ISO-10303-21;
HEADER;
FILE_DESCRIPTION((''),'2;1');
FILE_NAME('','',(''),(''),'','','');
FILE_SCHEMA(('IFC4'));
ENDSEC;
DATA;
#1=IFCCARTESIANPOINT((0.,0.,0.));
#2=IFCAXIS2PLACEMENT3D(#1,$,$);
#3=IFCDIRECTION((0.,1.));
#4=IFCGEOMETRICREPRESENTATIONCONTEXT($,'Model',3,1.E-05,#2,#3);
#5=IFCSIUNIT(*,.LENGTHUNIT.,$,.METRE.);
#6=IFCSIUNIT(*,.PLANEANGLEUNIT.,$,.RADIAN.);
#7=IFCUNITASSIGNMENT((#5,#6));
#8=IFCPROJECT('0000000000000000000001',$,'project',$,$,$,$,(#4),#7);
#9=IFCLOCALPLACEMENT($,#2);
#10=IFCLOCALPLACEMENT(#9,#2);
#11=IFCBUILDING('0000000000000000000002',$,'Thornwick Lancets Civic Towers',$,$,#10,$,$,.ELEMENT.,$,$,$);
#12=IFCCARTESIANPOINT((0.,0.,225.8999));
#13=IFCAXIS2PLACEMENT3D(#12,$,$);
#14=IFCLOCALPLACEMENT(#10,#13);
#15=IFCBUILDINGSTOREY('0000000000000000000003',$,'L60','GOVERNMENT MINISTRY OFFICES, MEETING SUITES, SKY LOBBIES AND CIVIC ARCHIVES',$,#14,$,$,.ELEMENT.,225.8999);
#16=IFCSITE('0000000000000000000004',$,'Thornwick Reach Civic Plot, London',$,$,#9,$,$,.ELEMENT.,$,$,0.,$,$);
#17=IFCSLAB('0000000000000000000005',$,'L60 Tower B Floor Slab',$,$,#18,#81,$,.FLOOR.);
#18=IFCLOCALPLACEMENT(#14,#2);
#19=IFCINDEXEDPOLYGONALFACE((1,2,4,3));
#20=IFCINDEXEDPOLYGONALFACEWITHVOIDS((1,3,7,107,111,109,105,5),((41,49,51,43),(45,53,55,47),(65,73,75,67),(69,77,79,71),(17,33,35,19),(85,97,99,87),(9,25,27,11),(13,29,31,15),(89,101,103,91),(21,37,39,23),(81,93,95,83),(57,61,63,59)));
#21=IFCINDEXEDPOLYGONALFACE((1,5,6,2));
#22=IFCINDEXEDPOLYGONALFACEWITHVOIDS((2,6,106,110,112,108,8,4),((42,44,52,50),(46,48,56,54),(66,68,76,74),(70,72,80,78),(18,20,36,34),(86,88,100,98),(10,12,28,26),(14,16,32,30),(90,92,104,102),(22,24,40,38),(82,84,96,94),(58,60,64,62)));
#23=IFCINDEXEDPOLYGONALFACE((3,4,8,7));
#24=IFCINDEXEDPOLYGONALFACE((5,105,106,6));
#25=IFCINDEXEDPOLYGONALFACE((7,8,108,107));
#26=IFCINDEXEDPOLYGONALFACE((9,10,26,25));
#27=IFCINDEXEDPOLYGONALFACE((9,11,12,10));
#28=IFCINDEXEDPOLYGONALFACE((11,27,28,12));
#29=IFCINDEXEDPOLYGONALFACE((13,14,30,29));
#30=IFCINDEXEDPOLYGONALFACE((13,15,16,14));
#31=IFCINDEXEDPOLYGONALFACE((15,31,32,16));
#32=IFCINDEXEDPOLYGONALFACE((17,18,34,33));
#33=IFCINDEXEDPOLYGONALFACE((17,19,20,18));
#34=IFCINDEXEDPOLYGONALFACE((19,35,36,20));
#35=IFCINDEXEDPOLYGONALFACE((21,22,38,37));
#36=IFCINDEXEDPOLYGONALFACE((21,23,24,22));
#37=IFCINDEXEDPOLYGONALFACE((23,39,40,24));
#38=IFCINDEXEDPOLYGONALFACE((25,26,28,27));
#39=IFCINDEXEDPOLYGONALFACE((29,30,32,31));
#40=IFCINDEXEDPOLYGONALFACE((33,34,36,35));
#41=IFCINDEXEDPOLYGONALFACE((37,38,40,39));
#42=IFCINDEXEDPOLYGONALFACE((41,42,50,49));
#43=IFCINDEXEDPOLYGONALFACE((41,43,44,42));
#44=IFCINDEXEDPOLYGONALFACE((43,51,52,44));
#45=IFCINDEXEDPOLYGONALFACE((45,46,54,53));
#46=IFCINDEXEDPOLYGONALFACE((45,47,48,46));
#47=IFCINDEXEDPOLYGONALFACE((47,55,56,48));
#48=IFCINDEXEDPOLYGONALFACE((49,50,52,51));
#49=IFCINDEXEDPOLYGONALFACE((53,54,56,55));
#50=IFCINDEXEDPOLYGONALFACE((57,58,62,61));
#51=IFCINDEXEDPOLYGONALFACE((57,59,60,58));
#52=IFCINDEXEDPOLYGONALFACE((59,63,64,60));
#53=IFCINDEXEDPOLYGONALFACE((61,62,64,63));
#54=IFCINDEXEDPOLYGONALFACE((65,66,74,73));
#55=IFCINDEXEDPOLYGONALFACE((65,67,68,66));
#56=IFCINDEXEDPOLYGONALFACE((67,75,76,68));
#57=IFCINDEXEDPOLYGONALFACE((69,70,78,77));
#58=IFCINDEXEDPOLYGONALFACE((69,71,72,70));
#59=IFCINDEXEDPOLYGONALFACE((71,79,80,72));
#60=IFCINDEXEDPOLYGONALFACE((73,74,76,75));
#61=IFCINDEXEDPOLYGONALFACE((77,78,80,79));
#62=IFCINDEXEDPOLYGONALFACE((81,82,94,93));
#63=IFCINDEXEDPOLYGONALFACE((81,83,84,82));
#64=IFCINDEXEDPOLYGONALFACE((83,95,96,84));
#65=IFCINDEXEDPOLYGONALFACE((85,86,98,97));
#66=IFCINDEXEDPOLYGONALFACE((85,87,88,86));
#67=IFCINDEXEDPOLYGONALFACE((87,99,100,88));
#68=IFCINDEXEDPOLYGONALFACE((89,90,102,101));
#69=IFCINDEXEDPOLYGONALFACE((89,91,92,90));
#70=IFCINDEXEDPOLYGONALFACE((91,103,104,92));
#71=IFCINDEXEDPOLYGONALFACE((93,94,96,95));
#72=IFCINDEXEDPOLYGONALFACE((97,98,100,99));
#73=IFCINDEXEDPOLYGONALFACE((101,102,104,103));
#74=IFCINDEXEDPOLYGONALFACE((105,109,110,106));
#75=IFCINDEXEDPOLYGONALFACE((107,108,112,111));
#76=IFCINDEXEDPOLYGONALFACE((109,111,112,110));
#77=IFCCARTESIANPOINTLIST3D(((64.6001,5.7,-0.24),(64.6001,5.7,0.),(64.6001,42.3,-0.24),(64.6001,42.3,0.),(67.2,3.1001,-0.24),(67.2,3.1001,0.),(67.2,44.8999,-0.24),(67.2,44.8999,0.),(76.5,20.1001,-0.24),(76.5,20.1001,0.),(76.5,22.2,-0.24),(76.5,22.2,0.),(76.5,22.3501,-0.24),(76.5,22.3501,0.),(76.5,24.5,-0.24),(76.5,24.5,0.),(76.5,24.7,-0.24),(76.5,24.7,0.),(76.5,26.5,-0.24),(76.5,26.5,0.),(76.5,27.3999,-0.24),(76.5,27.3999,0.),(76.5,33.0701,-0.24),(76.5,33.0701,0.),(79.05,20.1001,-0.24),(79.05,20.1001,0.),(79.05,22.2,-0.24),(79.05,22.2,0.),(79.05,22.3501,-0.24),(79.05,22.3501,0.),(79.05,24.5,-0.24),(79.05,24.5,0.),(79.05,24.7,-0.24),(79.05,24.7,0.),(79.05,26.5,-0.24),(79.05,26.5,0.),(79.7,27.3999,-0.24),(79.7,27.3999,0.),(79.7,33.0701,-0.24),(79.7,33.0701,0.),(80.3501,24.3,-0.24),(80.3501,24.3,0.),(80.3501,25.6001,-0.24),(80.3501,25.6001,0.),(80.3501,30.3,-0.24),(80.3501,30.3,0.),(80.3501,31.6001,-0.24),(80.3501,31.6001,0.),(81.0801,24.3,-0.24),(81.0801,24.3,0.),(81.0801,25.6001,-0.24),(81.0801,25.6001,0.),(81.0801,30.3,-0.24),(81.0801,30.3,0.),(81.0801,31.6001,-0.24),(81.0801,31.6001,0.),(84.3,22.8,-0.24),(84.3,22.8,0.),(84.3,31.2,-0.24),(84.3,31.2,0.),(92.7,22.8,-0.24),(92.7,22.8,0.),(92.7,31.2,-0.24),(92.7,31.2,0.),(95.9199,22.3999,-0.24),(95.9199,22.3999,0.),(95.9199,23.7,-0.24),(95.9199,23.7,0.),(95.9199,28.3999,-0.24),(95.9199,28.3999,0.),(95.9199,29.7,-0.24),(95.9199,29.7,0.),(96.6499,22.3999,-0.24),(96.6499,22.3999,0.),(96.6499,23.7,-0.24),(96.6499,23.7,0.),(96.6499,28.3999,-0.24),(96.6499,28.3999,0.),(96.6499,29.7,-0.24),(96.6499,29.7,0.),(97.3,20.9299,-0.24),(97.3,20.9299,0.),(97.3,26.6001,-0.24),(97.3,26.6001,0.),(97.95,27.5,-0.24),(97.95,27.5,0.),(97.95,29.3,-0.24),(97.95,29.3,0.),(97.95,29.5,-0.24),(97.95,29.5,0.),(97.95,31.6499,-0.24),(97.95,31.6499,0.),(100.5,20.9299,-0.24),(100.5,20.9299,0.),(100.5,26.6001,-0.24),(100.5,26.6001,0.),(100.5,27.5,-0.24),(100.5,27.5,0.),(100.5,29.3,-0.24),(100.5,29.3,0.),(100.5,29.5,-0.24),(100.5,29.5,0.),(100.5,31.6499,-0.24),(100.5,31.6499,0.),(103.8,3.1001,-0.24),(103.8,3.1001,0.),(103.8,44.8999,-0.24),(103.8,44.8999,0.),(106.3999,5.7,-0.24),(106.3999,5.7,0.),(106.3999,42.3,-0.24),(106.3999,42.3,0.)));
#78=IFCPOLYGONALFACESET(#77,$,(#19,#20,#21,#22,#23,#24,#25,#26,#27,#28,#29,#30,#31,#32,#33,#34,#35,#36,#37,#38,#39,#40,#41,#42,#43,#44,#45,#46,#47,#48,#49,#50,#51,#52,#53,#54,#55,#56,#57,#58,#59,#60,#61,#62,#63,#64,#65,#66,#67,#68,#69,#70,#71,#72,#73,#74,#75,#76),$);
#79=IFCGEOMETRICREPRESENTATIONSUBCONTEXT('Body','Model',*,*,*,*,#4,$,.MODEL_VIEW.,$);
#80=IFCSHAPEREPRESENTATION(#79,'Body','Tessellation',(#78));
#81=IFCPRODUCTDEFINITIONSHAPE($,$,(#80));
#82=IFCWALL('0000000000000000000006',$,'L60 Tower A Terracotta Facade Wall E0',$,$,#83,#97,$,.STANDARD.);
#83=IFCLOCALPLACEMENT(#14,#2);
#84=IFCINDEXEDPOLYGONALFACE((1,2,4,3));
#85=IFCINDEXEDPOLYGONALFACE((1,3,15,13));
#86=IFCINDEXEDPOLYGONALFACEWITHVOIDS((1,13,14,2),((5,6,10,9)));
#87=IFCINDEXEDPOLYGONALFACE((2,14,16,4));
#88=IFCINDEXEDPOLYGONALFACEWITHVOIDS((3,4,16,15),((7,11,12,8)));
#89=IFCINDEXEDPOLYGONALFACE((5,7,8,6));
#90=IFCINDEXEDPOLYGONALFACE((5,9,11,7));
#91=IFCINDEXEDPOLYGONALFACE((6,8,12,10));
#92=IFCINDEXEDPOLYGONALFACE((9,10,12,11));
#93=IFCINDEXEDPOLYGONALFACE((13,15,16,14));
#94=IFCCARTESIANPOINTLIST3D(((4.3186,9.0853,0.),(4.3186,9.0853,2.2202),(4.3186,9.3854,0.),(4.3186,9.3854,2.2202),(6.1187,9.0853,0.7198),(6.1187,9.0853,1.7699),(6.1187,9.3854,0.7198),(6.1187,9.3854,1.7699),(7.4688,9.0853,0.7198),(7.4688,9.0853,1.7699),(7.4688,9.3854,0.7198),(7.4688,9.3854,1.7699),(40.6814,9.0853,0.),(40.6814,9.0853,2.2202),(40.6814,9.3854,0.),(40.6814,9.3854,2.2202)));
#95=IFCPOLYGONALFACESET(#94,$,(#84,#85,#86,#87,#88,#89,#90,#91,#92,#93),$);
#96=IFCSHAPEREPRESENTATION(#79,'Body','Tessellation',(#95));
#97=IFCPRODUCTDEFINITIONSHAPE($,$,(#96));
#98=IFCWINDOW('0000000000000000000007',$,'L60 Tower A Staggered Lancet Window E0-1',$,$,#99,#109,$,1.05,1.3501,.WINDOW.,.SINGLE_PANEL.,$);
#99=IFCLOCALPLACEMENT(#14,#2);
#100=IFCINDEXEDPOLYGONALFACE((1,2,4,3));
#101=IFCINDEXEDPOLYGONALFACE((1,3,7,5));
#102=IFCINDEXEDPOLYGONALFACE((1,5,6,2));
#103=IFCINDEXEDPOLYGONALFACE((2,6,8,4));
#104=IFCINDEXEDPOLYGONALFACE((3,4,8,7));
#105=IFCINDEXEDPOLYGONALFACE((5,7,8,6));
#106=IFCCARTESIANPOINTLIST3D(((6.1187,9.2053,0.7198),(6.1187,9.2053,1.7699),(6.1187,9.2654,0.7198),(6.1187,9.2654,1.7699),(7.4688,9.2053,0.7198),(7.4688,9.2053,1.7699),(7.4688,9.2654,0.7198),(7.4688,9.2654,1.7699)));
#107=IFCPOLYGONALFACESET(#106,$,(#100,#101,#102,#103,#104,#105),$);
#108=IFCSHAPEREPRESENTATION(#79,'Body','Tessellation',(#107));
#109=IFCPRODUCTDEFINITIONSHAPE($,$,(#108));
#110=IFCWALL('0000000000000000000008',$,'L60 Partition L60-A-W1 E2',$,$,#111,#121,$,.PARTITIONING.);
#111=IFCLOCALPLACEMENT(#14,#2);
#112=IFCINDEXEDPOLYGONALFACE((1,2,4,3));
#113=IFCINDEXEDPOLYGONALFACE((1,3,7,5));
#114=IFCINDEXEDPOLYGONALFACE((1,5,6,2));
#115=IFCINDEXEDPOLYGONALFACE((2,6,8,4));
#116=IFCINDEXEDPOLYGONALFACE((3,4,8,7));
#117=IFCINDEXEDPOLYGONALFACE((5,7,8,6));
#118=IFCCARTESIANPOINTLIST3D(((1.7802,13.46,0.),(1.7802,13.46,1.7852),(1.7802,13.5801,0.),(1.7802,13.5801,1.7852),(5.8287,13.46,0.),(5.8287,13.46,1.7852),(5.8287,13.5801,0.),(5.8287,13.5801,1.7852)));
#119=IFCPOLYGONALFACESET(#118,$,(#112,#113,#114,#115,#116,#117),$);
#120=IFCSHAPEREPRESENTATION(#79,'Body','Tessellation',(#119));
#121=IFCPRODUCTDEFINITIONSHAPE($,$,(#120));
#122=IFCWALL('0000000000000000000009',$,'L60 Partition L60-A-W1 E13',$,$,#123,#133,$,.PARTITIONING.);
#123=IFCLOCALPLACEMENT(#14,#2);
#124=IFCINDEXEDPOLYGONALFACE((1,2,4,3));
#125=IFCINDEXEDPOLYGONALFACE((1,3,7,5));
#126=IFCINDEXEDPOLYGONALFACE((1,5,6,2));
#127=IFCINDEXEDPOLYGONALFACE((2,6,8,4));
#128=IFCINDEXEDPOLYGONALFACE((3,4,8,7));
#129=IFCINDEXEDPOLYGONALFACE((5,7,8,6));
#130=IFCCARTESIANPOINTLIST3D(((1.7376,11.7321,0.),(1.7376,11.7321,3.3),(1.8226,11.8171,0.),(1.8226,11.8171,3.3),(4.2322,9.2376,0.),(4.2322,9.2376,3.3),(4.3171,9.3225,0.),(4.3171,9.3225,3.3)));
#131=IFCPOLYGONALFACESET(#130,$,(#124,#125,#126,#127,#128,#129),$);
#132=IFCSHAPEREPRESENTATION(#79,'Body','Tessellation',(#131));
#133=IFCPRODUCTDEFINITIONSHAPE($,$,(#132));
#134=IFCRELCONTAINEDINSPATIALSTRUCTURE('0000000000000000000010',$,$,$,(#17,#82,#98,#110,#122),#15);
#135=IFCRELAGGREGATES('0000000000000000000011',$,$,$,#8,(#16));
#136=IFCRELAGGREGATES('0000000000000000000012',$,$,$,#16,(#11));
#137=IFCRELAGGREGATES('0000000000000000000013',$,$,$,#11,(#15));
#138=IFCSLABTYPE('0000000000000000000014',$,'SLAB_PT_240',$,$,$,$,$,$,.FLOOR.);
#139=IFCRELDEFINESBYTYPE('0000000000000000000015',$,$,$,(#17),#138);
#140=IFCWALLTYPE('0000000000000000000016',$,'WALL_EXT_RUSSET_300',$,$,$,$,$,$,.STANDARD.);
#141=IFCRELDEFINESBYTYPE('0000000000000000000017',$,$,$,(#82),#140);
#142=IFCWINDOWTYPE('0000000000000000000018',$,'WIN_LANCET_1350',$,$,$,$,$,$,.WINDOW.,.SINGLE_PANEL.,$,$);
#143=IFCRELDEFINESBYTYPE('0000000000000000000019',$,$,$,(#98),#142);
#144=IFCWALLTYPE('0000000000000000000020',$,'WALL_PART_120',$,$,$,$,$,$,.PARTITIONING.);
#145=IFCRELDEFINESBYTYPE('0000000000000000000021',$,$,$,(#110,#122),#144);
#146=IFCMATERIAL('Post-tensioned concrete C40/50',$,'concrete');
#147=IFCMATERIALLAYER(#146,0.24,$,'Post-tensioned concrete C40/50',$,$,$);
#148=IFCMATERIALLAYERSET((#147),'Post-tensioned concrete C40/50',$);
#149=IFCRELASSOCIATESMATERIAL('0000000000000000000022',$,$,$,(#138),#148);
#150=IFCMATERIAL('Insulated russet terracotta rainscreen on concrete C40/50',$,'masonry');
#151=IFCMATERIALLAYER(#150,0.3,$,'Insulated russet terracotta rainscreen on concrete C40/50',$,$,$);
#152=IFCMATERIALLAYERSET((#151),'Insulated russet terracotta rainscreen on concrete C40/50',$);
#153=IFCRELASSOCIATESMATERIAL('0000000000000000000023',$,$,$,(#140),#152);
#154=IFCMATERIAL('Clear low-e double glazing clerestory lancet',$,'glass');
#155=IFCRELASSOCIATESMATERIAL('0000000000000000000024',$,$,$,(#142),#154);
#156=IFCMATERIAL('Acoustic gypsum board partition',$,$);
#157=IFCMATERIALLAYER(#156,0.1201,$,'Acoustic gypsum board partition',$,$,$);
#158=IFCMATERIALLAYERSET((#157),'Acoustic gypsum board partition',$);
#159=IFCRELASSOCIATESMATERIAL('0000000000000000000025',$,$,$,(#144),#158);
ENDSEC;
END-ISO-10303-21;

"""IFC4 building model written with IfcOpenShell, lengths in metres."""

from ifc_helpers import new_model, si_unit, direction, frame, frame_2d, origin, place, context, subcontext, project, spatial, polyline, rectangle, outline, extrude, material, layer, layer_set, type_object, element, fill, save


model = new_model("IFC4")

# Units and contexts
model_context = context("Model", 3, precision=1e-05, world=origin(), true_north=direction((0.0, 1.0)))
body_context = subcontext(model_context, "Body", "Model", "MODEL_VIEW")
ifc_project = project(units=[si_unit("LENGTHUNIT", "METRE"), si_unit("PLANEANGLEUNIT", "RADIAN")], contexts=[model_context])

# Site, building, storey
site_placement = place(None, origin())
site = spatial("IfcSite", under=ifc_project, at=site_placement, Name="Thornwick Reach Civic Plot, London", CompositionType="ELEMENT", RefElevation=0.0)
building_placement = place(site_placement, origin())
building = spatial("IfcBuilding", under=site, at=building_placement, Name="Thornwick Lancets Civic Towers", CompositionType="ELEMENT")
storey_placement = place(building_placement, frame((0.0, 0.0, 225.8999)))
storey = spatial("IfcBuildingStorey", under=building, at=storey_placement, Name="L60", Description="GOVERNMENT MINISTRY OFFICES, MEETING SUITES, SKY LOBBIES AND CIVIC ARCHIVES", CompositionType="ELEMENT", Elevation=225.8999)

# Shared definitions
ifc_material_1 = material(Name="Post-tensioned concrete C40/50", Category="concrete")

# Slab
ifc_layer_1 = layer(ifc_material_1, 0.24, Name="Post-tensioned concrete C40/50")
ifc_layer_set_1 = layer_set([ifc_layer_1], Name="Post-tensioned concrete C40/50")
slab_type_1 = type_object("IfcSlabType", Name="SLAB_PT_240", PredefinedType="FLOOR", material=ifc_layer_set_1)
slab_1_placement = place(storey_placement, frame((0.0, 0.0, -0.24)))
element("IfcSlab", 1, at=slab_1_placement, inside=storey, type_object=slab_type_1, Name="L60 Tower B Floor Slab", PredefinedType="FLOOR", context=body_context, shape_type="SweptSolid", body=[
    extrude(outline(polyline([(67.2, 3.1001), (103.8, 3.1001), (106.3999, 5.7), (106.3999, 42.3), (103.8, 44.8999), (67.2, 44.8999), (64.6001, 42.3), (64.6001, 5.7), (67.2, 3.1001)]), holes=[polyline([(84.3, 22.8), (92.7, 22.8), (92.7, 31.2), (84.3, 31.2), (84.3, 22.8)]), polyline([(100.5, 20.9299), (100.5, 26.6001), (97.3, 26.6001), (97.3, 20.9299), (100.5, 20.9299)]), polyline([(76.5, 33.0701), (76.5, 27.3999), (79.7, 27.3999), (79.7, 33.0701), (76.5, 33.0701)]), polyline([(97.95, 27.5), (100.5, 27.5), (100.5, 29.3), (97.95, 29.3), (97.95, 27.5)]), polyline([(97.95, 29.5), (100.5, 29.5), (100.5, 31.6499), (97.95, 31.6499), (97.95, 29.5)]), polyline([(76.5, 24.7), (79.05, 24.7), (79.05, 26.5), (76.5, 26.5), (76.5, 24.7)]), polyline([(76.5, 22.3501), (79.05, 22.3501), (79.05, 24.5), (76.5, 24.5), (76.5, 22.3501)]), polyline([(76.5, 20.1001), (79.05, 20.1001), (79.05, 22.2), (76.5, 22.2), (76.5, 20.1001)]), polyline([(95.9199, 28.3999), (96.6499, 28.3999), (96.6499, 29.7), (95.9199, 29.7), (95.9199, 28.3999)]), polyline([(95.9199, 22.3999), (96.6499, 22.3999), (96.6499, 23.7), (95.9199, 23.7), (95.9199, 22.3999)]), polyline([(80.3501, 24.3), (81.0801, 24.3), (81.0801, 25.6001), (80.3501, 25.6001), (80.3501, 24.3)]), polyline([(80.3501, 30.3), (81.0801, 30.3), (81.0801, 31.6001), (80.3501, 31.6001), (80.3501, 30.3)])]), origin(), (0.0, 0.0, 1.0), 0.24),
])

# Wall, opening, window
ifc_material_2 = material(Name="Insulated russet terracotta rainscreen on concrete C40/50", Category="masonry")
ifc_layer_2 = layer(ifc_material_2, 0.3, Name="Insulated russet terracotta rainscreen on concrete C40/50")
ifc_layer_set_2 = layer_set([ifc_layer_2], Name="Insulated russet terracotta rainscreen on concrete C40/50")
wall_type_1 = type_object("IfcWallType", Name="WALL_EXT_RUSSET_300", PredefinedType="STANDARD", material=ifc_layer_set_2)
wall_1_placement = place(storey_placement, frame((4.3186, 9.2354, 0.0), z_axis=(0.0, 0.0, 1.0), x_axis=(1.0, 0.0, 0.0)))
wall_1 = element("IfcWall", 2, at=wall_1_placement, inside=storey, type_object=wall_type_1, Name="L60 Tower A Terracotta Facade Wall E0", PredefinedType="STANDARD", context=body_context, shape_type="SweptSolid", body=[
    extrude(rectangle(XDim=36.3628, YDim=0.3, at=frame_2d((18.1814, 0.0))), origin(), (0.0, 0.0, 1.0), 2.2202),
])
opening_placement = place(wall_1_placement, frame((1.8, 0.0, 0.72)))
opening = element("IfcOpeningElement", 3, at=opening_placement, cuts=wall_1, PredefinedType="OPENING", context=body_context, shape_type="SweptSolid", body=[
    extrude(rectangle(XDim=1.3501, YDim=1.05, at=frame_2d((0.675, 0.5249))), frame((0.0, 0.1602, 0.0), z_axis=(0.0, -1.0, 0.0), x_axis=(1.0, 0.0, 0.0)), (0.0, 0.0, 1.0), 0.3201),
])
ifc_material_3 = material(Name="Clear low-e double glazing clerestory lancet", Category="glass")
window_type = type_object("IfcWindowType", Name="WIN_LANCET_1350", PartitioningType="SINGLE_PANEL", PredefinedType="WINDOW", material=ifc_material_3)
window_placement = place(opening_placement, origin())
window = element("IfcWindow", 4, at=window_placement, inside=storey, type_object=window_type, Name="L60 Tower A Staggered Lancet Window E0-1", OverallHeight=1.05, OverallWidth=1.3501, PartitioningType="SINGLE_PANEL", PredefinedType="WINDOW", context=body_context, shape_type="SweptSolid", body=[
    extrude(rectangle(XDim=1.3501, YDim=1.05, at=frame_2d((0.675, 0.5249))), frame((0.0, 0.03, 0.0), z_axis=(0.0, -1.0, 0.0), x_axis=(1.0, 0.0, 0.0)), (0.0, 0.0, 1.0), 0.0601),
])
fill(opening, window)

# Walls
ifc_material_4 = material(Name="Acoustic gypsum board partition")
ifc_layer_3 = layer(ifc_material_4, 0.1201, Name="Acoustic gypsum board partition")
ifc_layer_set_3 = layer_set([ifc_layer_3], Name="Acoustic gypsum board partition")
wall_type_2 = type_object("IfcWallType", Name="WALL_PART_120", PredefinedType="PARTITIONING", material=ifc_layer_set_3)
wall_2_placement = place(storey_placement, frame((1.78, 13.52, 0.0), z_axis=(0.0, 0.0, 1.0), x_axis=(1.0, 0.0, 0.0)))
element("IfcWall", 5, at=wall_2_placement, inside=storey, type_object=wall_type_2, Name="L60 Partition L60-A-W1 E2", PredefinedType="PARTITIONING", context=body_context, shape_type="SweptSolid", body=[
    extrude(rectangle(XDim=4.0486, YDim=0.1201, at=frame_2d((2.0244, 0.0))), origin(), (0.0, 0.0, 1.0), 1.7852),
])
wall_3_placement = place(storey_placement, frame((4.2747, 9.28, 0.0), z_axis=(0.0, 0.0, 1.0), x_axis=(-0.707107, 0.707107, 0.0)))
element("IfcWall", 6, at=wall_3_placement, inside=storey, type_object=wall_type_2, Name="L60 Partition L60-A-W1 E13", PredefinedType="PARTITIONING", context=body_context, shape_type="SweptSolid", body=[
    extrude(rectangle(XDim=3.5278, YDim=0.1201, at=frame_2d((1.7639, 0.0))), origin(), (0.0, 0.0, 1.0), 3.3),
])

save(model, "model.ifc")
